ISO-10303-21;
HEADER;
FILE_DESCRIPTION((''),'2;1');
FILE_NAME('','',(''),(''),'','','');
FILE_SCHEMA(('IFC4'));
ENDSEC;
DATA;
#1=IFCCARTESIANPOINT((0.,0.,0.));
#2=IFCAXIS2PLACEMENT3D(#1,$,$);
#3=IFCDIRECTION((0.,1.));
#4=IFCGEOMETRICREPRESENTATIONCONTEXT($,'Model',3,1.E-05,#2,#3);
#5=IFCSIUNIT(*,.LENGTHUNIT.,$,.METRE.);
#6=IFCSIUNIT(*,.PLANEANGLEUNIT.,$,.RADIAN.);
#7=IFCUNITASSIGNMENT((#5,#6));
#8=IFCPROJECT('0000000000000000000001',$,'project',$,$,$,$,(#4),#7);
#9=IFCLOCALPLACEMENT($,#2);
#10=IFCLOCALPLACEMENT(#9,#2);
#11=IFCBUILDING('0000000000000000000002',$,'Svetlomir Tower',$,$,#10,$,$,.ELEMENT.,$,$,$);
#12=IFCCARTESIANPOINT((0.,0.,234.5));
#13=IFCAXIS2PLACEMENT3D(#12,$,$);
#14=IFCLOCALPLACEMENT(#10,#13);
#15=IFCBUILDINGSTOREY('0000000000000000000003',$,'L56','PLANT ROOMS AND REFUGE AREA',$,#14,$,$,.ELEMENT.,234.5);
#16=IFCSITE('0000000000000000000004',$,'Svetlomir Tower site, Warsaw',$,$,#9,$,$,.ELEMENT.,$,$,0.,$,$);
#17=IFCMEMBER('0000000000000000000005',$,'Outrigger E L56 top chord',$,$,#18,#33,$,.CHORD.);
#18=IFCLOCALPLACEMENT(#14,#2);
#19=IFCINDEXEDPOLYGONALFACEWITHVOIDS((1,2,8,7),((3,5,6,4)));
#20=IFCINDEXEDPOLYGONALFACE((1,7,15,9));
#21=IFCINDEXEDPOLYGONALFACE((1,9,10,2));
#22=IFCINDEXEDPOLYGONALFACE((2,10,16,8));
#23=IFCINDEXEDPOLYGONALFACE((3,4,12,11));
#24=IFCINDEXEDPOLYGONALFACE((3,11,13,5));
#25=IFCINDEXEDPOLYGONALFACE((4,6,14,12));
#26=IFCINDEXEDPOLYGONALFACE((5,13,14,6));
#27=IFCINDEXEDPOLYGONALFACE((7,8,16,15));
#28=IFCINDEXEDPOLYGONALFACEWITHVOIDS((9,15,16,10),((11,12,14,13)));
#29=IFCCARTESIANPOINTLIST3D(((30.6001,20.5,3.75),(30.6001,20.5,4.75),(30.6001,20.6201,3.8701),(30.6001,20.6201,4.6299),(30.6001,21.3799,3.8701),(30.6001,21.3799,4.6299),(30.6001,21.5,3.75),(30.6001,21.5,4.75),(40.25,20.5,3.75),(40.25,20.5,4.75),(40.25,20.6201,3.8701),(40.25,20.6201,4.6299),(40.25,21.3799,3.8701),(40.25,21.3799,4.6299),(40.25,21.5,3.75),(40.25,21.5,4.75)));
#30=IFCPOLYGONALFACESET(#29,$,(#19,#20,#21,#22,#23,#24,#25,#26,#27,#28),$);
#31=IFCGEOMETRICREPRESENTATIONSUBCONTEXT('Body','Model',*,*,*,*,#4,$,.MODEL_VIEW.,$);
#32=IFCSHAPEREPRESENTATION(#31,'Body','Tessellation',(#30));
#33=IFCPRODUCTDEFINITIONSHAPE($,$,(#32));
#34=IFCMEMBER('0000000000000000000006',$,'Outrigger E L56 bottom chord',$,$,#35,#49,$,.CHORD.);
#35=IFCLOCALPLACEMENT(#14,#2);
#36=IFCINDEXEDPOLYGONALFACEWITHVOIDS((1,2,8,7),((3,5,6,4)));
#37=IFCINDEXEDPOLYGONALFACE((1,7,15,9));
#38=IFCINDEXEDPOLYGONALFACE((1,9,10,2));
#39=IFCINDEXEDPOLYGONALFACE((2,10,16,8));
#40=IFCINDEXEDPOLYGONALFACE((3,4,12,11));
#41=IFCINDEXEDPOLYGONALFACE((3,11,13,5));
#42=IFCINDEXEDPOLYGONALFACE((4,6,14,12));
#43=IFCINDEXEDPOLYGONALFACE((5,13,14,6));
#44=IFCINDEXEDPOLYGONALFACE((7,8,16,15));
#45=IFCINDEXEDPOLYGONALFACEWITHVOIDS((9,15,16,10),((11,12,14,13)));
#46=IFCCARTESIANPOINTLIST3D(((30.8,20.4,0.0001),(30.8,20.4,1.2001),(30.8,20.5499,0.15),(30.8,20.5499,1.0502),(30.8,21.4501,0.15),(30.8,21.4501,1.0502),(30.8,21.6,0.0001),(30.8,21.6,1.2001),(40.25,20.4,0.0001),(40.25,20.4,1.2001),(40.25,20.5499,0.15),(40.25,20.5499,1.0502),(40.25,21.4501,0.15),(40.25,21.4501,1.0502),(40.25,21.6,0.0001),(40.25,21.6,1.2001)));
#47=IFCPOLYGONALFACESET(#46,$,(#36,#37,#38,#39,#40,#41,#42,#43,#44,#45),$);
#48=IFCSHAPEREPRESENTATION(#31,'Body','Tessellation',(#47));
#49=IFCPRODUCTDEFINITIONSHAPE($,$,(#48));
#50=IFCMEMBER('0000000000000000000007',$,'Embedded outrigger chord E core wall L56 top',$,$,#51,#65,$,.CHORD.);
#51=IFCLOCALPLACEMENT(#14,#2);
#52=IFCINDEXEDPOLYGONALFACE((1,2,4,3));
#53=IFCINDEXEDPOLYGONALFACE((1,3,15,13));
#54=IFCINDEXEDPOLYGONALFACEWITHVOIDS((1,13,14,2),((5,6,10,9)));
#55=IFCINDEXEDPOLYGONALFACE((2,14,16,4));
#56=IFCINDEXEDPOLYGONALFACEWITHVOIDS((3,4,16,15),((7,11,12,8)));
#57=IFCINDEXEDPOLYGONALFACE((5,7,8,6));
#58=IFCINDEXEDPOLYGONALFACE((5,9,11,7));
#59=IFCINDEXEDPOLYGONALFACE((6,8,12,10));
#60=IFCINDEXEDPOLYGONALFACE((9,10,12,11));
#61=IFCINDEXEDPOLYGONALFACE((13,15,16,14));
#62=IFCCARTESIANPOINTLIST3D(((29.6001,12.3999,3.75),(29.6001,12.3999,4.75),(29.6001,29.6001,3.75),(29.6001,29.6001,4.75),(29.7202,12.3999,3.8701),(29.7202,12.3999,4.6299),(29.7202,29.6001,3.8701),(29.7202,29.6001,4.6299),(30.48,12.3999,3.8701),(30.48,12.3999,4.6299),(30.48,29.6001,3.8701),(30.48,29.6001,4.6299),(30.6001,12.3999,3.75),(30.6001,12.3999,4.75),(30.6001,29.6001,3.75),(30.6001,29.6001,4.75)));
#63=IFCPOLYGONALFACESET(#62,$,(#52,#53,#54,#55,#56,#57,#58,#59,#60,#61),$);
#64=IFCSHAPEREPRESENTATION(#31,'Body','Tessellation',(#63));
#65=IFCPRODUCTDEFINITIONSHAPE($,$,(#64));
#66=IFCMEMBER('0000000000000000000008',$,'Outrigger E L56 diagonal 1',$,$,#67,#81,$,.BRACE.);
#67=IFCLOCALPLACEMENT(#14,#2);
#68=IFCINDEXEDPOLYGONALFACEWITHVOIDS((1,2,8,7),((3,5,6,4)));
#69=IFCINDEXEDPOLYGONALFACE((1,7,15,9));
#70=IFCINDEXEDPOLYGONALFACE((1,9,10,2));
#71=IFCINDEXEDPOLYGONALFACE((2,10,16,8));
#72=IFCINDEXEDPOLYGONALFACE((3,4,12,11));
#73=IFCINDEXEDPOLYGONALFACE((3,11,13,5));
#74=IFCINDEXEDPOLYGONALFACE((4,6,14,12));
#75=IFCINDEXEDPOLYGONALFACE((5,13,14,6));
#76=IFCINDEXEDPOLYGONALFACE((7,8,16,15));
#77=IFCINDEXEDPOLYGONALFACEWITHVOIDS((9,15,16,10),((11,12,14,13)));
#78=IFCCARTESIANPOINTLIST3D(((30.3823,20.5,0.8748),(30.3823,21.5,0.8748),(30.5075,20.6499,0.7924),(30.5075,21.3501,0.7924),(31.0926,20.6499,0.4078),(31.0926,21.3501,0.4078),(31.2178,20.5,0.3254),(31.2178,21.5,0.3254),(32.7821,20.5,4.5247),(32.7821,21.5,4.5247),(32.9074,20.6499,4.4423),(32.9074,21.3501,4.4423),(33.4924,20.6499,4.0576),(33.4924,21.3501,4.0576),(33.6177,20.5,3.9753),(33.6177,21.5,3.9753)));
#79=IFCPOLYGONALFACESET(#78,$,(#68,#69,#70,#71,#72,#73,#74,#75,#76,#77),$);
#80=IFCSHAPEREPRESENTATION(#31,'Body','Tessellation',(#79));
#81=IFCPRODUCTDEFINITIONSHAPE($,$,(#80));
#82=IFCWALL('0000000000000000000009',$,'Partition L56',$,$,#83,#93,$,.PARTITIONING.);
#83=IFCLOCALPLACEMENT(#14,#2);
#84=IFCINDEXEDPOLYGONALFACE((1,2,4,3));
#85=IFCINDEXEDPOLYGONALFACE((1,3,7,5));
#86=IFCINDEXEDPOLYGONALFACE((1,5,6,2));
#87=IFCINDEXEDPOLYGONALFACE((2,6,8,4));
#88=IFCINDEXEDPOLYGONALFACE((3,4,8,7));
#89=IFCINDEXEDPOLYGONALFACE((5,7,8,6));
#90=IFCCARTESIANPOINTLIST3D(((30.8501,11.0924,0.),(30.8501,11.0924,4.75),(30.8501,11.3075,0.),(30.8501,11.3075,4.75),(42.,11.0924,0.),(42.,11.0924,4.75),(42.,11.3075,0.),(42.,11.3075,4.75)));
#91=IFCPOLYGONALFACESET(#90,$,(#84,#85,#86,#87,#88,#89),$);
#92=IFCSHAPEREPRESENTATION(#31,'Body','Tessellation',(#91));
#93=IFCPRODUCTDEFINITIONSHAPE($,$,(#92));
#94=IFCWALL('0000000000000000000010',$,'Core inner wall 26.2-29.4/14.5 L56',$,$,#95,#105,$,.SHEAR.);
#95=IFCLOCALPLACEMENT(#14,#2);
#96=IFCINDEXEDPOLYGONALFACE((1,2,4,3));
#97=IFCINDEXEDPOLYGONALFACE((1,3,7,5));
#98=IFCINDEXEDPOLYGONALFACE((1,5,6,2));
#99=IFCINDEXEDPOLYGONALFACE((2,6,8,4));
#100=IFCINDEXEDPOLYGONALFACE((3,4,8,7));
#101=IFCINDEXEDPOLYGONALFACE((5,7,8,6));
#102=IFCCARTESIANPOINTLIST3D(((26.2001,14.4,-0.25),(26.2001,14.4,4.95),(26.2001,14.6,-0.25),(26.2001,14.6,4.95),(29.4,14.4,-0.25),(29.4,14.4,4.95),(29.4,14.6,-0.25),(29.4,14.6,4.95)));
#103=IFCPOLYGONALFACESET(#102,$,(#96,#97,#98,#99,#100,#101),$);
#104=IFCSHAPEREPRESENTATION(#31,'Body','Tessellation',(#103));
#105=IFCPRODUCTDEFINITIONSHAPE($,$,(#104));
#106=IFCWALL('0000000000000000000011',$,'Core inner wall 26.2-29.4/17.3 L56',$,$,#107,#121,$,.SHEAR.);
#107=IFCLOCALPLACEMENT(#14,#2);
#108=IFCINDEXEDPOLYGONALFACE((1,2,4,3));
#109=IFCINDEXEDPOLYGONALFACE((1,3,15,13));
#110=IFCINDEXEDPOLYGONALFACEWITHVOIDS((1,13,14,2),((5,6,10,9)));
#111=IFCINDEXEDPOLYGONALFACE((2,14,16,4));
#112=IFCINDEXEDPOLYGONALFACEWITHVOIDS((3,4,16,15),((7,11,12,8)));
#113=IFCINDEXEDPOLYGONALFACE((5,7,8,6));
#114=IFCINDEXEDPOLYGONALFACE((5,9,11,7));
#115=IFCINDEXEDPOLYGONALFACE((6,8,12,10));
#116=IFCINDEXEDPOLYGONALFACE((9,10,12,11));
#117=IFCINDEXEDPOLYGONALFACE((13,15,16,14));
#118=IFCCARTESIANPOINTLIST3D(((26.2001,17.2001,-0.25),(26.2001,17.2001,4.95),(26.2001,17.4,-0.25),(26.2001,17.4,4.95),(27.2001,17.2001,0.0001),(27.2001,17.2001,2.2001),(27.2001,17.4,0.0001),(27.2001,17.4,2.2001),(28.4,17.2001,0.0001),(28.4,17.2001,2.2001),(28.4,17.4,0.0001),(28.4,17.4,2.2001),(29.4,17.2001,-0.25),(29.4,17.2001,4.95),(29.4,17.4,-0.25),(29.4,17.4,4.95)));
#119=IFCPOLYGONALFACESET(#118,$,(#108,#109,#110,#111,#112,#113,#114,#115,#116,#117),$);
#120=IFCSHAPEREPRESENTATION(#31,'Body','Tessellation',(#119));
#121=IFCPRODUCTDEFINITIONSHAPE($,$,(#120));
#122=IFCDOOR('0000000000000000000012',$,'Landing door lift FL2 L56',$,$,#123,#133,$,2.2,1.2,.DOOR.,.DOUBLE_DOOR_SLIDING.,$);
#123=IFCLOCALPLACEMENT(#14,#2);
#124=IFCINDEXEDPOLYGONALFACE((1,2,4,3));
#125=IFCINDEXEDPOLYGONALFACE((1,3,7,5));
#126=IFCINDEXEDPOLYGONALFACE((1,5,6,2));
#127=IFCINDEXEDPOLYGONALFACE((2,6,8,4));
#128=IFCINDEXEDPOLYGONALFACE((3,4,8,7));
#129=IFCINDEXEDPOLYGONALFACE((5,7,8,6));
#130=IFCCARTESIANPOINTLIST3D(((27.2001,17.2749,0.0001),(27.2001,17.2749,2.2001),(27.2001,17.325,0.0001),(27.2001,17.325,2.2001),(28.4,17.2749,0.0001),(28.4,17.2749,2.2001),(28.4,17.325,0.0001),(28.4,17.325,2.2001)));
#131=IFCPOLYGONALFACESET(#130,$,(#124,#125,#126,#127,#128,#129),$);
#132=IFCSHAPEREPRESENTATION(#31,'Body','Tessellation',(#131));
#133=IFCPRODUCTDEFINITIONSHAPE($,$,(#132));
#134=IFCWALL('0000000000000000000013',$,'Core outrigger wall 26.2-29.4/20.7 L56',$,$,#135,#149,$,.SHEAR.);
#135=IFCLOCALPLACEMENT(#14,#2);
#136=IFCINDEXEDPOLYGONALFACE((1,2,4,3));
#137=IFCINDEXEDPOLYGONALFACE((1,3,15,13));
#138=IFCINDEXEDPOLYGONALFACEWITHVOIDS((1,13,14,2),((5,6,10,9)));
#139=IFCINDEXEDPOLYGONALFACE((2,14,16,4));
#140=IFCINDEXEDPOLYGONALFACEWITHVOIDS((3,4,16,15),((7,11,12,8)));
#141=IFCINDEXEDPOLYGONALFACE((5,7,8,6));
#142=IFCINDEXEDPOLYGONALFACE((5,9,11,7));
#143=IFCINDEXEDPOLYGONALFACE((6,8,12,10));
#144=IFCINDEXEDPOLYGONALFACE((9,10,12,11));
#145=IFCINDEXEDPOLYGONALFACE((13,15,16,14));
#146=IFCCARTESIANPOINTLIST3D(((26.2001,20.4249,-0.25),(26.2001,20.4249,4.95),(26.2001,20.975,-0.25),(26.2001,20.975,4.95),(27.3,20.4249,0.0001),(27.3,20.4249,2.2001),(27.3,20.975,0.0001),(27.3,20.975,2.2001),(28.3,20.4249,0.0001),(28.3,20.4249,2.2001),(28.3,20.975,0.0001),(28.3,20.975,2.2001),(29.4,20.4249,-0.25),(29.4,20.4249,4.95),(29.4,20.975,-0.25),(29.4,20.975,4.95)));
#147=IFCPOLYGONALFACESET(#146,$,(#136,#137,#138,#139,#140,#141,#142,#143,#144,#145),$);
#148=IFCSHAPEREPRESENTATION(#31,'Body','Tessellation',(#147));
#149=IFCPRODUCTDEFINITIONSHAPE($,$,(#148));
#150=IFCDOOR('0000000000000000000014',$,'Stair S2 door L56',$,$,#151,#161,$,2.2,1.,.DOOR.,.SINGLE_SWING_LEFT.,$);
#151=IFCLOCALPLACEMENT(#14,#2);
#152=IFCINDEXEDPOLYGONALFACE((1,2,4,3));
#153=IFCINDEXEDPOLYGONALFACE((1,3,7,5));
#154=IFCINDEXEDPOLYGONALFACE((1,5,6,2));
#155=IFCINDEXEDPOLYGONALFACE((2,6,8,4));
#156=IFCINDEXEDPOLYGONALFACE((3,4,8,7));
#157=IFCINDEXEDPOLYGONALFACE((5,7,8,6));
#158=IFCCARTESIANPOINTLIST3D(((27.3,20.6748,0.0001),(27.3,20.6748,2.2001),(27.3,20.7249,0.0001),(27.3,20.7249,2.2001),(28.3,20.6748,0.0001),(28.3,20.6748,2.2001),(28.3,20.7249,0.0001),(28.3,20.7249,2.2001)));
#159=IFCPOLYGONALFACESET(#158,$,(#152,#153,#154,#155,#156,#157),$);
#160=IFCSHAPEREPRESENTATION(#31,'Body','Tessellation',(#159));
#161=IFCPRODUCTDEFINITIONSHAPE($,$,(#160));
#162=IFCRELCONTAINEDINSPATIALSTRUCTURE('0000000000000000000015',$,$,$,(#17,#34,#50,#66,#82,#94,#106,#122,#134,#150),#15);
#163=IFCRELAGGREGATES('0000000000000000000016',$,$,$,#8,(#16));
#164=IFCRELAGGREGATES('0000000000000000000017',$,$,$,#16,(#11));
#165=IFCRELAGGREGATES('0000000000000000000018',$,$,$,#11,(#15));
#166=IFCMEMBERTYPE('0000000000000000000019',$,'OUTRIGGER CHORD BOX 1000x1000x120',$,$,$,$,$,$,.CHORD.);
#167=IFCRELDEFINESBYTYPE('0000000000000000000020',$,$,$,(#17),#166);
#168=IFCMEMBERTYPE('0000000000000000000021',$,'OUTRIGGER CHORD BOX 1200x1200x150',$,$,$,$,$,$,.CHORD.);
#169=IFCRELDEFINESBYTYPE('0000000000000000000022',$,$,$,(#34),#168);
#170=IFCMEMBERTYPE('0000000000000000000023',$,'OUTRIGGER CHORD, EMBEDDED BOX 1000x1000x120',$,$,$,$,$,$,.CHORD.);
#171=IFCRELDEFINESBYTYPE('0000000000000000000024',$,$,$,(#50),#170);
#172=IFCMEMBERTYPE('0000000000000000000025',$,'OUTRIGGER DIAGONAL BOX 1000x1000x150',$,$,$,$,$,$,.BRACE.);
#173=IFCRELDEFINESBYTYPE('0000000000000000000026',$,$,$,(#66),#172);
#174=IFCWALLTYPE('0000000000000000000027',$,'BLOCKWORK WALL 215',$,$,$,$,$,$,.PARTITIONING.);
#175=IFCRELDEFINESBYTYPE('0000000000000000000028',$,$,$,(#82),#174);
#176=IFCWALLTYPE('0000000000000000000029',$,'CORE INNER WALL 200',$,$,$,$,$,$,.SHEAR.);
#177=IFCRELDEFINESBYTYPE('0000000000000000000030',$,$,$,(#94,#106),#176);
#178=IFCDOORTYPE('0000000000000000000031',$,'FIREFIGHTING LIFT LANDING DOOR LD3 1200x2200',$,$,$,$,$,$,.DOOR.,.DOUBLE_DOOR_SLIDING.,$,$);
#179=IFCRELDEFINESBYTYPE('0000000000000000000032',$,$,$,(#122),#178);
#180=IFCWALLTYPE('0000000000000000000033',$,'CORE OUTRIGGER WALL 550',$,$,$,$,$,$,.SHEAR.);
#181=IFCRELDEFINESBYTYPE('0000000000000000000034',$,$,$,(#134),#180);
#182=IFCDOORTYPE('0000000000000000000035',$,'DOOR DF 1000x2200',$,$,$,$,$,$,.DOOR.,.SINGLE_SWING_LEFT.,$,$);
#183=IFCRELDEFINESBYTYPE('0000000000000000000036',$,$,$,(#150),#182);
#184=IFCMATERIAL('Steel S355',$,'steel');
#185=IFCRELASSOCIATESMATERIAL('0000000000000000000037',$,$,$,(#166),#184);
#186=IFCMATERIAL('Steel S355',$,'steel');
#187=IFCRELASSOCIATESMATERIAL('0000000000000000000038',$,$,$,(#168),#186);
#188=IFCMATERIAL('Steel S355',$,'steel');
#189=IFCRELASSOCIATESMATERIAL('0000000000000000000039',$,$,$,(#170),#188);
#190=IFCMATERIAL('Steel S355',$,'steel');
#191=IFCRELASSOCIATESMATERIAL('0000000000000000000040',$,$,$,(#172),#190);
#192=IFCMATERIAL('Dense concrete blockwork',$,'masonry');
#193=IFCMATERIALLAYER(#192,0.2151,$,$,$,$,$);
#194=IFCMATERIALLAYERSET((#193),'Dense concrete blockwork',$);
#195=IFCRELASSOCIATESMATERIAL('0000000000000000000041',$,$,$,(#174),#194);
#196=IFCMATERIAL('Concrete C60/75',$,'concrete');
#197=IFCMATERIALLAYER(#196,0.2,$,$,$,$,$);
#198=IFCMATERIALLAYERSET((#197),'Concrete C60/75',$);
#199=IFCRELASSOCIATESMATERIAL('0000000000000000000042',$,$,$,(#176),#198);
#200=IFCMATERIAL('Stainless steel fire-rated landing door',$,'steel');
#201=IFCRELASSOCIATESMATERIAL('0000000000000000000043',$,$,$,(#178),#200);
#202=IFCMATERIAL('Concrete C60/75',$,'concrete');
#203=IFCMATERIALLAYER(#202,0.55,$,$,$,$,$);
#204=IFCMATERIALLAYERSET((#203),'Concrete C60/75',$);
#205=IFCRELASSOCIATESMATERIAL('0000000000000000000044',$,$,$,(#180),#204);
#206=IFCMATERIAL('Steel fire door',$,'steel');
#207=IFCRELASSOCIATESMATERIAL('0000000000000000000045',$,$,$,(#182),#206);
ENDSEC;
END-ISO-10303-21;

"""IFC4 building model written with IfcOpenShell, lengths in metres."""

from ifc_helpers import new_model, si_unit, direction, frame, frame_2d, origin, origin_2d, place, context, subcontext, project, spatial, rectangle, hollow_rectangle, extrude, material, layer, layer_set, material_profile, profile_set, type_object, element, fill, save


model = new_model("IFC4")

# Units and contexts
model_context = context("Model", 3, precision=1e-05, world=origin(), true_north=direction((0.0, 1.0)))
body_context = subcontext(model_context, "Body", "Model", "MODEL_VIEW")
ifc_project = project(units=[si_unit("LENGTHUNIT", "METRE"), si_unit("PLANEANGLEUNIT", "RADIAN")], contexts=[model_context])

# Site, building, storey
site_placement = place(None, origin())
site = spatial("IfcSite", under=ifc_project, at=site_placement, Name="Svetlomir Tower site, Warsaw", CompositionType="ELEMENT", RefElevation=0.0)
building_placement = place(site_placement, origin())
building = spatial("IfcBuilding", under=site, at=building_placement, Name="Svetlomir Tower", CompositionType="ELEMENT")
storey_placement = place(building_placement, frame((0.0, 0.0, 234.5)))
storey = spatial("IfcBuildingStorey", under=building, at=storey_placement, Name="L56", Description="PLANT ROOMS AND REFUGE AREA", CompositionType="ELEMENT", Elevation=234.5)

# Members
ifc_material_1 = material(Name="Steel S355", Category="steel")
ifc_material_profile_1 = material_profile(ifc_material_1, hollow_rectangle(XDim=1.0, YDim=1.0, WallThickness=0.1201, at=origin_2d()), Name="BOX 1000x1000x120")
ifc_profile_set_1 = profile_set([ifc_material_profile_1], Name="Steel S355")
member_type_1 = type_object("IfcMemberType", Name="OUTRIGGER CHORD BOX 1000x1000x120", PredefinedType="CHORD", material=ifc_profile_set_1)
member_1_placement = place(storey_placement, frame((30.6001, 21.0, 4.25), z_axis=(1.0, 0.0, 0.0), x_axis=(0.0, 1.0, 0.0)))
element("IfcMember", 1, at=member_1_placement, inside=storey, type_object=member_type_1, Name="Outrigger E L56 top chord", PredefinedType="CHORD", context=body_context, shape_type="SweptSolid", body=[
    extrude(hollow_rectangle(XDim=1.0, YDim=1.0, WallThickness=0.1201, at=origin_2d()), origin(), (0.0, 0.0, 1.0), 9.6499),
])
ifc_material_2 = material(Name="Steel S355", Category="steel")
ifc_material_profile_2 = material_profile(ifc_material_2, hollow_rectangle(XDim=1.2, YDim=1.2, WallThickness=0.1499, at=origin_2d()), Name="BOX 1200x1200x150")
ifc_profile_set_2 = profile_set([ifc_material_profile_2], Name="Steel S355")
member_type_2 = type_object("IfcMemberType", Name="OUTRIGGER CHORD BOX 1200x1200x150", PredefinedType="CHORD", material=ifc_profile_set_2)
member_2_placement = place(storey_placement, frame((30.8, 21.0, 0.6001), z_axis=(1.0, 0.0, 0.0), x_axis=(0.0, 1.0, 0.0)))
element("IfcMember", 2, at=member_2_placement, inside=storey, type_object=member_type_2, Name="Outrigger E L56 bottom chord", PredefinedType="CHORD", context=body_context, shape_type="SweptSolid", body=[
    extrude(hollow_rectangle(XDim=1.2, YDim=1.2, WallThickness=0.1499, at=origin_2d()), origin(), (0.0, 0.0, 1.0), 9.45),
])
ifc_material_3 = material(Name="Steel S355", Category="steel")
ifc_material_profile_3 = material_profile(ifc_material_3, hollow_rectangle(XDim=1.0, YDim=1.0, WallThickness=0.1201, at=origin_2d()), Name="BOX 1000x1000x120")
ifc_profile_set_3 = profile_set([ifc_material_profile_3], Name="Steel S355")
member_type_3 = type_object("IfcMemberType", Name="OUTRIGGER CHORD, EMBEDDED BOX 1000x1000x120", PredefinedType="CHORD", material=ifc_profile_set_3)
member_3_placement = place(storey_placement, frame((30.1001, 12.3999, 4.25), z_axis=(0.0, 1.0, 0.0), x_axis=(-1.0, 0.0, 0.0)))
element("IfcMember", 3, at=member_3_placement, inside=storey, type_object=member_type_3, Name="Embedded outrigger chord E core wall L56 top", PredefinedType="CHORD", context=body_context, shape_type="SweptSolid", body=[
    extrude(hollow_rectangle(XDim=1.0, YDim=1.0, WallThickness=0.1201, at=origin_2d()), origin(), (0.0, 0.0, 1.0), 17.2002),
])
ifc_material_4 = material(Name="Steel S355", Category="steel")
ifc_material_profile_4 = material_profile(ifc_material_4, hollow_rectangle(XDim=1.0, YDim=1.0, WallThickness=0.1499, at=origin_2d()), Name="BOX 1000x1000x150")
ifc_profile_set_4 = profile_set([ifc_material_profile_4], Name="Steel S355")
member_type_4 = type_object("IfcMemberType", Name="OUTRIGGER DIAGONAL BOX 1000x1000x150", PredefinedType="BRACE", material=ifc_profile_set_4)
member_4_placement = place(storey_placement, frame((30.8, 21.0, 0.6001), z_axis=(0.549401, 0.0, 0.835559), x_axis=(0.0, 1.0, 0.0)))
element("IfcMember", 4, at=member_4_placement, inside=storey, type_object=member_type_4, Name="Outrigger E L56 diagonal 1", PredefinedType="BRACE", context=body_context, shape_type="SweptSolid", body=[
    extrude(hollow_rectangle(XDim=1.0, YDim=1.0, WallThickness=0.1499, at=origin_2d()), origin(), (0.0, 0.0, 1.0), 4.3682),
])

# Walls
ifc_material_5 = material(Name="Dense concrete blockwork", Category="masonry")
ifc_layer_1 = layer(ifc_material_5, 0.2151)
ifc_layer_set_1 = layer_set([ifc_layer_1], Name="Dense concrete blockwork")
wall_type_1 = type_object("IfcWallType", Name="BLOCKWORK WALL 215", PredefinedType="PARTITIONING", material=ifc_layer_set_1)
wall_1_placement = place(storey_placement, frame((30.8501, 11.2, 0.0), z_axis=(0.0, 0.0, 1.0), x_axis=(1.0, 0.0, 0.0)))
element("IfcWall", 5, at=wall_1_placement, inside=storey, type_object=wall_type_1, Name="Partition L56", PredefinedType="PARTITIONING", context=body_context, shape_type="SweptSolid", body=[
    extrude(rectangle(XDim=11.1499, YDim=0.2151, at=frame_2d((5.575, 0.0))), origin(), (0.0, 0.0, 1.0), 4.75),
])
ifc_material_6 = material(Name="Concrete C60/75", Category="concrete")
ifc_layer_2 = layer(ifc_material_6, 0.2)
ifc_layer_set_2 = layer_set([ifc_layer_2], Name="Concrete C60/75")
wall_type_2 = type_object("IfcWallType", Name="CORE INNER WALL 200", PredefinedType="SHEAR", material=ifc_layer_set_2)
wall_2_placement = place(storey_placement, frame((26.2, 14.5, -0.25), z_axis=(0.0, 0.0, 1.0), x_axis=(1.0, 0.0, 0.0)))
element("IfcWall", 6, at=wall_2_placement, inside=storey, type_object=wall_type_2, Name="Core inner wall 26.2-29.4/14.5 L56", PredefinedType="SHEAR", context=body_context, shape_type="SweptSolid", body=[
    extrude(rectangle(XDim=3.2, YDim=0.2, at=frame_2d((1.6001, 0.0))), origin(), (0.0, 0.0, 1.0), 5.2),
])

# Walls, openings, doors
wall_3_placement = place(storey_placement, frame((26.2, 17.3, -0.25), z_axis=(0.0, 0.0, 1.0), x_axis=(1.0, 0.0, 0.0)))
wall_3 = element("IfcWall", 7, at=wall_3_placement, inside=storey, type_object=wall_type_2, Name="Core inner wall 26.2-29.4/17.3 L56", PredefinedType="SHEAR", context=body_context, shape_type="SweptSolid", body=[
    extrude(rectangle(XDim=3.2, YDim=0.2, at=frame_2d((1.6001, 0.0))), origin(), (0.0, 0.0, 1.0), 5.2),
])
opening_1_placement = place(wall_3_placement, frame((1.0, 0.0, 0.25)))
opening_1 = element("IfcOpeningElement", 8, at=opening_1_placement, cuts=wall_3, PredefinedType="OPENING", context=body_context, shape_type="SweptSolid", body=[
    extrude(rectangle(XDim=1.2, YDim=2.2, at=frame_2d((0.6001, 1.1001))), frame((0.0, 0.1099, 0.0), z_axis=(0.0, -1.0, 0.0), x_axis=(1.0, 0.0, 0.0)), (0.0, 0.0, 1.0), 0.22),
])
ifc_material_7 = material(Name="Stainless steel fire-rated landing door", Category="steel")
door_type_1 = type_object("IfcDoorType", Name="FIREFIGHTING LIFT LANDING DOOR LD3 1200x2200", OperationType="DOUBLE_DOOR_SLIDING", PredefinedType="DOOR", material=ifc_material_7)
door_1_placement = place(opening_1_placement, origin())
door_1 = element("IfcDoor", 9, at=door_1_placement, inside=storey, type_object=door_type_1, Name="Landing door lift FL2 L56", OperationType="DOUBLE_DOOR_SLIDING", OverallHeight=2.2, OverallWidth=1.2, PredefinedType="DOOR", context=body_context, shape_type="SweptSolid", body=[
    extrude(rectangle(XDim=1.2, YDim=2.2, at=frame_2d((0.6001, 1.1001))), frame((0.0, 0.0249, 0.0), z_axis=(0.0, -1.0, 0.0), x_axis=(1.0, 0.0, 0.0)), (0.0, 0.0, 1.0), 0.05),
])
fill(opening_1, door_1)
ifc_material_8 = material(Name="Concrete C60/75", Category="concrete")
ifc_layer_3 = layer(ifc_material_8, 0.55)
ifc_layer_set_3 = layer_set([ifc_layer_3], Name="Concrete C60/75")
wall_type_3 = type_object("IfcWallType", Name="CORE OUTRIGGER WALL 550", PredefinedType="SHEAR", material=ifc_layer_set_3)
wall_4_placement = place(storey_placement, frame((26.2, 20.7, -0.25), z_axis=(0.0, 0.0, 1.0), x_axis=(1.0, 0.0, 0.0)))
wall_4 = element("IfcWall", 10, at=wall_4_placement, inside=storey, type_object=wall_type_3, Name="Core outrigger wall 26.2-29.4/20.7 L56", PredefinedType="SHEAR", context=body_context, shape_type="SweptSolid", body=[
    extrude(rectangle(XDim=3.2, YDim=0.55, at=frame_2d((1.6001, 0.0))), origin(), (0.0, 0.0, 1.0), 5.2),
])
opening_2_placement = place(wall_4_placement, frame((1.1001, 0.0, 0.25)))
opening_2 = element("IfcOpeningElement", 11, at=opening_2_placement, cuts=wall_4, PredefinedType="OPENING", context=body_context, shape_type="SweptSolid", body=[
    extrude(rectangle(XDim=1.0, YDim=2.2, at=frame_2d((0.5, 1.1001))), frame((0.0, 0.2852, 0.0), z_axis=(0.0, -1.0, 0.0), x_axis=(1.0, 0.0, 0.0)), (0.0, 0.0, 1.0), 0.5701),
])
ifc_material_9 = material(Name="Steel fire door", Category="steel")
door_type_2 = type_object("IfcDoorType", Name="DOOR DF 1000x2200", OperationType="SINGLE_SWING_LEFT", PredefinedType="DOOR", material=ifc_material_9)
door_2_placement = place(opening_2_placement, origin())
door_2 = element("IfcDoor", 12, at=door_2_placement, inside=storey, type_object=door_type_2, Name="Stair S2 door L56", OperationType="SINGLE_SWING_LEFT", OverallHeight=2.2, OverallWidth=1.0, PredefinedType="DOOR", context=body_context, shape_type="SweptSolid", body=[
    extrude(rectangle(XDim=1.0, YDim=2.2, at=frame_2d((0.5, 1.1001))), frame((0.0, 0.0249, 0.0), z_axis=(0.0, -1.0, 0.0), x_axis=(1.0, 0.0, 0.0)), (0.0, 0.0, 1.0), 0.05),
])
fill(opening_2, door_2)

save(model, "model.ifc")
